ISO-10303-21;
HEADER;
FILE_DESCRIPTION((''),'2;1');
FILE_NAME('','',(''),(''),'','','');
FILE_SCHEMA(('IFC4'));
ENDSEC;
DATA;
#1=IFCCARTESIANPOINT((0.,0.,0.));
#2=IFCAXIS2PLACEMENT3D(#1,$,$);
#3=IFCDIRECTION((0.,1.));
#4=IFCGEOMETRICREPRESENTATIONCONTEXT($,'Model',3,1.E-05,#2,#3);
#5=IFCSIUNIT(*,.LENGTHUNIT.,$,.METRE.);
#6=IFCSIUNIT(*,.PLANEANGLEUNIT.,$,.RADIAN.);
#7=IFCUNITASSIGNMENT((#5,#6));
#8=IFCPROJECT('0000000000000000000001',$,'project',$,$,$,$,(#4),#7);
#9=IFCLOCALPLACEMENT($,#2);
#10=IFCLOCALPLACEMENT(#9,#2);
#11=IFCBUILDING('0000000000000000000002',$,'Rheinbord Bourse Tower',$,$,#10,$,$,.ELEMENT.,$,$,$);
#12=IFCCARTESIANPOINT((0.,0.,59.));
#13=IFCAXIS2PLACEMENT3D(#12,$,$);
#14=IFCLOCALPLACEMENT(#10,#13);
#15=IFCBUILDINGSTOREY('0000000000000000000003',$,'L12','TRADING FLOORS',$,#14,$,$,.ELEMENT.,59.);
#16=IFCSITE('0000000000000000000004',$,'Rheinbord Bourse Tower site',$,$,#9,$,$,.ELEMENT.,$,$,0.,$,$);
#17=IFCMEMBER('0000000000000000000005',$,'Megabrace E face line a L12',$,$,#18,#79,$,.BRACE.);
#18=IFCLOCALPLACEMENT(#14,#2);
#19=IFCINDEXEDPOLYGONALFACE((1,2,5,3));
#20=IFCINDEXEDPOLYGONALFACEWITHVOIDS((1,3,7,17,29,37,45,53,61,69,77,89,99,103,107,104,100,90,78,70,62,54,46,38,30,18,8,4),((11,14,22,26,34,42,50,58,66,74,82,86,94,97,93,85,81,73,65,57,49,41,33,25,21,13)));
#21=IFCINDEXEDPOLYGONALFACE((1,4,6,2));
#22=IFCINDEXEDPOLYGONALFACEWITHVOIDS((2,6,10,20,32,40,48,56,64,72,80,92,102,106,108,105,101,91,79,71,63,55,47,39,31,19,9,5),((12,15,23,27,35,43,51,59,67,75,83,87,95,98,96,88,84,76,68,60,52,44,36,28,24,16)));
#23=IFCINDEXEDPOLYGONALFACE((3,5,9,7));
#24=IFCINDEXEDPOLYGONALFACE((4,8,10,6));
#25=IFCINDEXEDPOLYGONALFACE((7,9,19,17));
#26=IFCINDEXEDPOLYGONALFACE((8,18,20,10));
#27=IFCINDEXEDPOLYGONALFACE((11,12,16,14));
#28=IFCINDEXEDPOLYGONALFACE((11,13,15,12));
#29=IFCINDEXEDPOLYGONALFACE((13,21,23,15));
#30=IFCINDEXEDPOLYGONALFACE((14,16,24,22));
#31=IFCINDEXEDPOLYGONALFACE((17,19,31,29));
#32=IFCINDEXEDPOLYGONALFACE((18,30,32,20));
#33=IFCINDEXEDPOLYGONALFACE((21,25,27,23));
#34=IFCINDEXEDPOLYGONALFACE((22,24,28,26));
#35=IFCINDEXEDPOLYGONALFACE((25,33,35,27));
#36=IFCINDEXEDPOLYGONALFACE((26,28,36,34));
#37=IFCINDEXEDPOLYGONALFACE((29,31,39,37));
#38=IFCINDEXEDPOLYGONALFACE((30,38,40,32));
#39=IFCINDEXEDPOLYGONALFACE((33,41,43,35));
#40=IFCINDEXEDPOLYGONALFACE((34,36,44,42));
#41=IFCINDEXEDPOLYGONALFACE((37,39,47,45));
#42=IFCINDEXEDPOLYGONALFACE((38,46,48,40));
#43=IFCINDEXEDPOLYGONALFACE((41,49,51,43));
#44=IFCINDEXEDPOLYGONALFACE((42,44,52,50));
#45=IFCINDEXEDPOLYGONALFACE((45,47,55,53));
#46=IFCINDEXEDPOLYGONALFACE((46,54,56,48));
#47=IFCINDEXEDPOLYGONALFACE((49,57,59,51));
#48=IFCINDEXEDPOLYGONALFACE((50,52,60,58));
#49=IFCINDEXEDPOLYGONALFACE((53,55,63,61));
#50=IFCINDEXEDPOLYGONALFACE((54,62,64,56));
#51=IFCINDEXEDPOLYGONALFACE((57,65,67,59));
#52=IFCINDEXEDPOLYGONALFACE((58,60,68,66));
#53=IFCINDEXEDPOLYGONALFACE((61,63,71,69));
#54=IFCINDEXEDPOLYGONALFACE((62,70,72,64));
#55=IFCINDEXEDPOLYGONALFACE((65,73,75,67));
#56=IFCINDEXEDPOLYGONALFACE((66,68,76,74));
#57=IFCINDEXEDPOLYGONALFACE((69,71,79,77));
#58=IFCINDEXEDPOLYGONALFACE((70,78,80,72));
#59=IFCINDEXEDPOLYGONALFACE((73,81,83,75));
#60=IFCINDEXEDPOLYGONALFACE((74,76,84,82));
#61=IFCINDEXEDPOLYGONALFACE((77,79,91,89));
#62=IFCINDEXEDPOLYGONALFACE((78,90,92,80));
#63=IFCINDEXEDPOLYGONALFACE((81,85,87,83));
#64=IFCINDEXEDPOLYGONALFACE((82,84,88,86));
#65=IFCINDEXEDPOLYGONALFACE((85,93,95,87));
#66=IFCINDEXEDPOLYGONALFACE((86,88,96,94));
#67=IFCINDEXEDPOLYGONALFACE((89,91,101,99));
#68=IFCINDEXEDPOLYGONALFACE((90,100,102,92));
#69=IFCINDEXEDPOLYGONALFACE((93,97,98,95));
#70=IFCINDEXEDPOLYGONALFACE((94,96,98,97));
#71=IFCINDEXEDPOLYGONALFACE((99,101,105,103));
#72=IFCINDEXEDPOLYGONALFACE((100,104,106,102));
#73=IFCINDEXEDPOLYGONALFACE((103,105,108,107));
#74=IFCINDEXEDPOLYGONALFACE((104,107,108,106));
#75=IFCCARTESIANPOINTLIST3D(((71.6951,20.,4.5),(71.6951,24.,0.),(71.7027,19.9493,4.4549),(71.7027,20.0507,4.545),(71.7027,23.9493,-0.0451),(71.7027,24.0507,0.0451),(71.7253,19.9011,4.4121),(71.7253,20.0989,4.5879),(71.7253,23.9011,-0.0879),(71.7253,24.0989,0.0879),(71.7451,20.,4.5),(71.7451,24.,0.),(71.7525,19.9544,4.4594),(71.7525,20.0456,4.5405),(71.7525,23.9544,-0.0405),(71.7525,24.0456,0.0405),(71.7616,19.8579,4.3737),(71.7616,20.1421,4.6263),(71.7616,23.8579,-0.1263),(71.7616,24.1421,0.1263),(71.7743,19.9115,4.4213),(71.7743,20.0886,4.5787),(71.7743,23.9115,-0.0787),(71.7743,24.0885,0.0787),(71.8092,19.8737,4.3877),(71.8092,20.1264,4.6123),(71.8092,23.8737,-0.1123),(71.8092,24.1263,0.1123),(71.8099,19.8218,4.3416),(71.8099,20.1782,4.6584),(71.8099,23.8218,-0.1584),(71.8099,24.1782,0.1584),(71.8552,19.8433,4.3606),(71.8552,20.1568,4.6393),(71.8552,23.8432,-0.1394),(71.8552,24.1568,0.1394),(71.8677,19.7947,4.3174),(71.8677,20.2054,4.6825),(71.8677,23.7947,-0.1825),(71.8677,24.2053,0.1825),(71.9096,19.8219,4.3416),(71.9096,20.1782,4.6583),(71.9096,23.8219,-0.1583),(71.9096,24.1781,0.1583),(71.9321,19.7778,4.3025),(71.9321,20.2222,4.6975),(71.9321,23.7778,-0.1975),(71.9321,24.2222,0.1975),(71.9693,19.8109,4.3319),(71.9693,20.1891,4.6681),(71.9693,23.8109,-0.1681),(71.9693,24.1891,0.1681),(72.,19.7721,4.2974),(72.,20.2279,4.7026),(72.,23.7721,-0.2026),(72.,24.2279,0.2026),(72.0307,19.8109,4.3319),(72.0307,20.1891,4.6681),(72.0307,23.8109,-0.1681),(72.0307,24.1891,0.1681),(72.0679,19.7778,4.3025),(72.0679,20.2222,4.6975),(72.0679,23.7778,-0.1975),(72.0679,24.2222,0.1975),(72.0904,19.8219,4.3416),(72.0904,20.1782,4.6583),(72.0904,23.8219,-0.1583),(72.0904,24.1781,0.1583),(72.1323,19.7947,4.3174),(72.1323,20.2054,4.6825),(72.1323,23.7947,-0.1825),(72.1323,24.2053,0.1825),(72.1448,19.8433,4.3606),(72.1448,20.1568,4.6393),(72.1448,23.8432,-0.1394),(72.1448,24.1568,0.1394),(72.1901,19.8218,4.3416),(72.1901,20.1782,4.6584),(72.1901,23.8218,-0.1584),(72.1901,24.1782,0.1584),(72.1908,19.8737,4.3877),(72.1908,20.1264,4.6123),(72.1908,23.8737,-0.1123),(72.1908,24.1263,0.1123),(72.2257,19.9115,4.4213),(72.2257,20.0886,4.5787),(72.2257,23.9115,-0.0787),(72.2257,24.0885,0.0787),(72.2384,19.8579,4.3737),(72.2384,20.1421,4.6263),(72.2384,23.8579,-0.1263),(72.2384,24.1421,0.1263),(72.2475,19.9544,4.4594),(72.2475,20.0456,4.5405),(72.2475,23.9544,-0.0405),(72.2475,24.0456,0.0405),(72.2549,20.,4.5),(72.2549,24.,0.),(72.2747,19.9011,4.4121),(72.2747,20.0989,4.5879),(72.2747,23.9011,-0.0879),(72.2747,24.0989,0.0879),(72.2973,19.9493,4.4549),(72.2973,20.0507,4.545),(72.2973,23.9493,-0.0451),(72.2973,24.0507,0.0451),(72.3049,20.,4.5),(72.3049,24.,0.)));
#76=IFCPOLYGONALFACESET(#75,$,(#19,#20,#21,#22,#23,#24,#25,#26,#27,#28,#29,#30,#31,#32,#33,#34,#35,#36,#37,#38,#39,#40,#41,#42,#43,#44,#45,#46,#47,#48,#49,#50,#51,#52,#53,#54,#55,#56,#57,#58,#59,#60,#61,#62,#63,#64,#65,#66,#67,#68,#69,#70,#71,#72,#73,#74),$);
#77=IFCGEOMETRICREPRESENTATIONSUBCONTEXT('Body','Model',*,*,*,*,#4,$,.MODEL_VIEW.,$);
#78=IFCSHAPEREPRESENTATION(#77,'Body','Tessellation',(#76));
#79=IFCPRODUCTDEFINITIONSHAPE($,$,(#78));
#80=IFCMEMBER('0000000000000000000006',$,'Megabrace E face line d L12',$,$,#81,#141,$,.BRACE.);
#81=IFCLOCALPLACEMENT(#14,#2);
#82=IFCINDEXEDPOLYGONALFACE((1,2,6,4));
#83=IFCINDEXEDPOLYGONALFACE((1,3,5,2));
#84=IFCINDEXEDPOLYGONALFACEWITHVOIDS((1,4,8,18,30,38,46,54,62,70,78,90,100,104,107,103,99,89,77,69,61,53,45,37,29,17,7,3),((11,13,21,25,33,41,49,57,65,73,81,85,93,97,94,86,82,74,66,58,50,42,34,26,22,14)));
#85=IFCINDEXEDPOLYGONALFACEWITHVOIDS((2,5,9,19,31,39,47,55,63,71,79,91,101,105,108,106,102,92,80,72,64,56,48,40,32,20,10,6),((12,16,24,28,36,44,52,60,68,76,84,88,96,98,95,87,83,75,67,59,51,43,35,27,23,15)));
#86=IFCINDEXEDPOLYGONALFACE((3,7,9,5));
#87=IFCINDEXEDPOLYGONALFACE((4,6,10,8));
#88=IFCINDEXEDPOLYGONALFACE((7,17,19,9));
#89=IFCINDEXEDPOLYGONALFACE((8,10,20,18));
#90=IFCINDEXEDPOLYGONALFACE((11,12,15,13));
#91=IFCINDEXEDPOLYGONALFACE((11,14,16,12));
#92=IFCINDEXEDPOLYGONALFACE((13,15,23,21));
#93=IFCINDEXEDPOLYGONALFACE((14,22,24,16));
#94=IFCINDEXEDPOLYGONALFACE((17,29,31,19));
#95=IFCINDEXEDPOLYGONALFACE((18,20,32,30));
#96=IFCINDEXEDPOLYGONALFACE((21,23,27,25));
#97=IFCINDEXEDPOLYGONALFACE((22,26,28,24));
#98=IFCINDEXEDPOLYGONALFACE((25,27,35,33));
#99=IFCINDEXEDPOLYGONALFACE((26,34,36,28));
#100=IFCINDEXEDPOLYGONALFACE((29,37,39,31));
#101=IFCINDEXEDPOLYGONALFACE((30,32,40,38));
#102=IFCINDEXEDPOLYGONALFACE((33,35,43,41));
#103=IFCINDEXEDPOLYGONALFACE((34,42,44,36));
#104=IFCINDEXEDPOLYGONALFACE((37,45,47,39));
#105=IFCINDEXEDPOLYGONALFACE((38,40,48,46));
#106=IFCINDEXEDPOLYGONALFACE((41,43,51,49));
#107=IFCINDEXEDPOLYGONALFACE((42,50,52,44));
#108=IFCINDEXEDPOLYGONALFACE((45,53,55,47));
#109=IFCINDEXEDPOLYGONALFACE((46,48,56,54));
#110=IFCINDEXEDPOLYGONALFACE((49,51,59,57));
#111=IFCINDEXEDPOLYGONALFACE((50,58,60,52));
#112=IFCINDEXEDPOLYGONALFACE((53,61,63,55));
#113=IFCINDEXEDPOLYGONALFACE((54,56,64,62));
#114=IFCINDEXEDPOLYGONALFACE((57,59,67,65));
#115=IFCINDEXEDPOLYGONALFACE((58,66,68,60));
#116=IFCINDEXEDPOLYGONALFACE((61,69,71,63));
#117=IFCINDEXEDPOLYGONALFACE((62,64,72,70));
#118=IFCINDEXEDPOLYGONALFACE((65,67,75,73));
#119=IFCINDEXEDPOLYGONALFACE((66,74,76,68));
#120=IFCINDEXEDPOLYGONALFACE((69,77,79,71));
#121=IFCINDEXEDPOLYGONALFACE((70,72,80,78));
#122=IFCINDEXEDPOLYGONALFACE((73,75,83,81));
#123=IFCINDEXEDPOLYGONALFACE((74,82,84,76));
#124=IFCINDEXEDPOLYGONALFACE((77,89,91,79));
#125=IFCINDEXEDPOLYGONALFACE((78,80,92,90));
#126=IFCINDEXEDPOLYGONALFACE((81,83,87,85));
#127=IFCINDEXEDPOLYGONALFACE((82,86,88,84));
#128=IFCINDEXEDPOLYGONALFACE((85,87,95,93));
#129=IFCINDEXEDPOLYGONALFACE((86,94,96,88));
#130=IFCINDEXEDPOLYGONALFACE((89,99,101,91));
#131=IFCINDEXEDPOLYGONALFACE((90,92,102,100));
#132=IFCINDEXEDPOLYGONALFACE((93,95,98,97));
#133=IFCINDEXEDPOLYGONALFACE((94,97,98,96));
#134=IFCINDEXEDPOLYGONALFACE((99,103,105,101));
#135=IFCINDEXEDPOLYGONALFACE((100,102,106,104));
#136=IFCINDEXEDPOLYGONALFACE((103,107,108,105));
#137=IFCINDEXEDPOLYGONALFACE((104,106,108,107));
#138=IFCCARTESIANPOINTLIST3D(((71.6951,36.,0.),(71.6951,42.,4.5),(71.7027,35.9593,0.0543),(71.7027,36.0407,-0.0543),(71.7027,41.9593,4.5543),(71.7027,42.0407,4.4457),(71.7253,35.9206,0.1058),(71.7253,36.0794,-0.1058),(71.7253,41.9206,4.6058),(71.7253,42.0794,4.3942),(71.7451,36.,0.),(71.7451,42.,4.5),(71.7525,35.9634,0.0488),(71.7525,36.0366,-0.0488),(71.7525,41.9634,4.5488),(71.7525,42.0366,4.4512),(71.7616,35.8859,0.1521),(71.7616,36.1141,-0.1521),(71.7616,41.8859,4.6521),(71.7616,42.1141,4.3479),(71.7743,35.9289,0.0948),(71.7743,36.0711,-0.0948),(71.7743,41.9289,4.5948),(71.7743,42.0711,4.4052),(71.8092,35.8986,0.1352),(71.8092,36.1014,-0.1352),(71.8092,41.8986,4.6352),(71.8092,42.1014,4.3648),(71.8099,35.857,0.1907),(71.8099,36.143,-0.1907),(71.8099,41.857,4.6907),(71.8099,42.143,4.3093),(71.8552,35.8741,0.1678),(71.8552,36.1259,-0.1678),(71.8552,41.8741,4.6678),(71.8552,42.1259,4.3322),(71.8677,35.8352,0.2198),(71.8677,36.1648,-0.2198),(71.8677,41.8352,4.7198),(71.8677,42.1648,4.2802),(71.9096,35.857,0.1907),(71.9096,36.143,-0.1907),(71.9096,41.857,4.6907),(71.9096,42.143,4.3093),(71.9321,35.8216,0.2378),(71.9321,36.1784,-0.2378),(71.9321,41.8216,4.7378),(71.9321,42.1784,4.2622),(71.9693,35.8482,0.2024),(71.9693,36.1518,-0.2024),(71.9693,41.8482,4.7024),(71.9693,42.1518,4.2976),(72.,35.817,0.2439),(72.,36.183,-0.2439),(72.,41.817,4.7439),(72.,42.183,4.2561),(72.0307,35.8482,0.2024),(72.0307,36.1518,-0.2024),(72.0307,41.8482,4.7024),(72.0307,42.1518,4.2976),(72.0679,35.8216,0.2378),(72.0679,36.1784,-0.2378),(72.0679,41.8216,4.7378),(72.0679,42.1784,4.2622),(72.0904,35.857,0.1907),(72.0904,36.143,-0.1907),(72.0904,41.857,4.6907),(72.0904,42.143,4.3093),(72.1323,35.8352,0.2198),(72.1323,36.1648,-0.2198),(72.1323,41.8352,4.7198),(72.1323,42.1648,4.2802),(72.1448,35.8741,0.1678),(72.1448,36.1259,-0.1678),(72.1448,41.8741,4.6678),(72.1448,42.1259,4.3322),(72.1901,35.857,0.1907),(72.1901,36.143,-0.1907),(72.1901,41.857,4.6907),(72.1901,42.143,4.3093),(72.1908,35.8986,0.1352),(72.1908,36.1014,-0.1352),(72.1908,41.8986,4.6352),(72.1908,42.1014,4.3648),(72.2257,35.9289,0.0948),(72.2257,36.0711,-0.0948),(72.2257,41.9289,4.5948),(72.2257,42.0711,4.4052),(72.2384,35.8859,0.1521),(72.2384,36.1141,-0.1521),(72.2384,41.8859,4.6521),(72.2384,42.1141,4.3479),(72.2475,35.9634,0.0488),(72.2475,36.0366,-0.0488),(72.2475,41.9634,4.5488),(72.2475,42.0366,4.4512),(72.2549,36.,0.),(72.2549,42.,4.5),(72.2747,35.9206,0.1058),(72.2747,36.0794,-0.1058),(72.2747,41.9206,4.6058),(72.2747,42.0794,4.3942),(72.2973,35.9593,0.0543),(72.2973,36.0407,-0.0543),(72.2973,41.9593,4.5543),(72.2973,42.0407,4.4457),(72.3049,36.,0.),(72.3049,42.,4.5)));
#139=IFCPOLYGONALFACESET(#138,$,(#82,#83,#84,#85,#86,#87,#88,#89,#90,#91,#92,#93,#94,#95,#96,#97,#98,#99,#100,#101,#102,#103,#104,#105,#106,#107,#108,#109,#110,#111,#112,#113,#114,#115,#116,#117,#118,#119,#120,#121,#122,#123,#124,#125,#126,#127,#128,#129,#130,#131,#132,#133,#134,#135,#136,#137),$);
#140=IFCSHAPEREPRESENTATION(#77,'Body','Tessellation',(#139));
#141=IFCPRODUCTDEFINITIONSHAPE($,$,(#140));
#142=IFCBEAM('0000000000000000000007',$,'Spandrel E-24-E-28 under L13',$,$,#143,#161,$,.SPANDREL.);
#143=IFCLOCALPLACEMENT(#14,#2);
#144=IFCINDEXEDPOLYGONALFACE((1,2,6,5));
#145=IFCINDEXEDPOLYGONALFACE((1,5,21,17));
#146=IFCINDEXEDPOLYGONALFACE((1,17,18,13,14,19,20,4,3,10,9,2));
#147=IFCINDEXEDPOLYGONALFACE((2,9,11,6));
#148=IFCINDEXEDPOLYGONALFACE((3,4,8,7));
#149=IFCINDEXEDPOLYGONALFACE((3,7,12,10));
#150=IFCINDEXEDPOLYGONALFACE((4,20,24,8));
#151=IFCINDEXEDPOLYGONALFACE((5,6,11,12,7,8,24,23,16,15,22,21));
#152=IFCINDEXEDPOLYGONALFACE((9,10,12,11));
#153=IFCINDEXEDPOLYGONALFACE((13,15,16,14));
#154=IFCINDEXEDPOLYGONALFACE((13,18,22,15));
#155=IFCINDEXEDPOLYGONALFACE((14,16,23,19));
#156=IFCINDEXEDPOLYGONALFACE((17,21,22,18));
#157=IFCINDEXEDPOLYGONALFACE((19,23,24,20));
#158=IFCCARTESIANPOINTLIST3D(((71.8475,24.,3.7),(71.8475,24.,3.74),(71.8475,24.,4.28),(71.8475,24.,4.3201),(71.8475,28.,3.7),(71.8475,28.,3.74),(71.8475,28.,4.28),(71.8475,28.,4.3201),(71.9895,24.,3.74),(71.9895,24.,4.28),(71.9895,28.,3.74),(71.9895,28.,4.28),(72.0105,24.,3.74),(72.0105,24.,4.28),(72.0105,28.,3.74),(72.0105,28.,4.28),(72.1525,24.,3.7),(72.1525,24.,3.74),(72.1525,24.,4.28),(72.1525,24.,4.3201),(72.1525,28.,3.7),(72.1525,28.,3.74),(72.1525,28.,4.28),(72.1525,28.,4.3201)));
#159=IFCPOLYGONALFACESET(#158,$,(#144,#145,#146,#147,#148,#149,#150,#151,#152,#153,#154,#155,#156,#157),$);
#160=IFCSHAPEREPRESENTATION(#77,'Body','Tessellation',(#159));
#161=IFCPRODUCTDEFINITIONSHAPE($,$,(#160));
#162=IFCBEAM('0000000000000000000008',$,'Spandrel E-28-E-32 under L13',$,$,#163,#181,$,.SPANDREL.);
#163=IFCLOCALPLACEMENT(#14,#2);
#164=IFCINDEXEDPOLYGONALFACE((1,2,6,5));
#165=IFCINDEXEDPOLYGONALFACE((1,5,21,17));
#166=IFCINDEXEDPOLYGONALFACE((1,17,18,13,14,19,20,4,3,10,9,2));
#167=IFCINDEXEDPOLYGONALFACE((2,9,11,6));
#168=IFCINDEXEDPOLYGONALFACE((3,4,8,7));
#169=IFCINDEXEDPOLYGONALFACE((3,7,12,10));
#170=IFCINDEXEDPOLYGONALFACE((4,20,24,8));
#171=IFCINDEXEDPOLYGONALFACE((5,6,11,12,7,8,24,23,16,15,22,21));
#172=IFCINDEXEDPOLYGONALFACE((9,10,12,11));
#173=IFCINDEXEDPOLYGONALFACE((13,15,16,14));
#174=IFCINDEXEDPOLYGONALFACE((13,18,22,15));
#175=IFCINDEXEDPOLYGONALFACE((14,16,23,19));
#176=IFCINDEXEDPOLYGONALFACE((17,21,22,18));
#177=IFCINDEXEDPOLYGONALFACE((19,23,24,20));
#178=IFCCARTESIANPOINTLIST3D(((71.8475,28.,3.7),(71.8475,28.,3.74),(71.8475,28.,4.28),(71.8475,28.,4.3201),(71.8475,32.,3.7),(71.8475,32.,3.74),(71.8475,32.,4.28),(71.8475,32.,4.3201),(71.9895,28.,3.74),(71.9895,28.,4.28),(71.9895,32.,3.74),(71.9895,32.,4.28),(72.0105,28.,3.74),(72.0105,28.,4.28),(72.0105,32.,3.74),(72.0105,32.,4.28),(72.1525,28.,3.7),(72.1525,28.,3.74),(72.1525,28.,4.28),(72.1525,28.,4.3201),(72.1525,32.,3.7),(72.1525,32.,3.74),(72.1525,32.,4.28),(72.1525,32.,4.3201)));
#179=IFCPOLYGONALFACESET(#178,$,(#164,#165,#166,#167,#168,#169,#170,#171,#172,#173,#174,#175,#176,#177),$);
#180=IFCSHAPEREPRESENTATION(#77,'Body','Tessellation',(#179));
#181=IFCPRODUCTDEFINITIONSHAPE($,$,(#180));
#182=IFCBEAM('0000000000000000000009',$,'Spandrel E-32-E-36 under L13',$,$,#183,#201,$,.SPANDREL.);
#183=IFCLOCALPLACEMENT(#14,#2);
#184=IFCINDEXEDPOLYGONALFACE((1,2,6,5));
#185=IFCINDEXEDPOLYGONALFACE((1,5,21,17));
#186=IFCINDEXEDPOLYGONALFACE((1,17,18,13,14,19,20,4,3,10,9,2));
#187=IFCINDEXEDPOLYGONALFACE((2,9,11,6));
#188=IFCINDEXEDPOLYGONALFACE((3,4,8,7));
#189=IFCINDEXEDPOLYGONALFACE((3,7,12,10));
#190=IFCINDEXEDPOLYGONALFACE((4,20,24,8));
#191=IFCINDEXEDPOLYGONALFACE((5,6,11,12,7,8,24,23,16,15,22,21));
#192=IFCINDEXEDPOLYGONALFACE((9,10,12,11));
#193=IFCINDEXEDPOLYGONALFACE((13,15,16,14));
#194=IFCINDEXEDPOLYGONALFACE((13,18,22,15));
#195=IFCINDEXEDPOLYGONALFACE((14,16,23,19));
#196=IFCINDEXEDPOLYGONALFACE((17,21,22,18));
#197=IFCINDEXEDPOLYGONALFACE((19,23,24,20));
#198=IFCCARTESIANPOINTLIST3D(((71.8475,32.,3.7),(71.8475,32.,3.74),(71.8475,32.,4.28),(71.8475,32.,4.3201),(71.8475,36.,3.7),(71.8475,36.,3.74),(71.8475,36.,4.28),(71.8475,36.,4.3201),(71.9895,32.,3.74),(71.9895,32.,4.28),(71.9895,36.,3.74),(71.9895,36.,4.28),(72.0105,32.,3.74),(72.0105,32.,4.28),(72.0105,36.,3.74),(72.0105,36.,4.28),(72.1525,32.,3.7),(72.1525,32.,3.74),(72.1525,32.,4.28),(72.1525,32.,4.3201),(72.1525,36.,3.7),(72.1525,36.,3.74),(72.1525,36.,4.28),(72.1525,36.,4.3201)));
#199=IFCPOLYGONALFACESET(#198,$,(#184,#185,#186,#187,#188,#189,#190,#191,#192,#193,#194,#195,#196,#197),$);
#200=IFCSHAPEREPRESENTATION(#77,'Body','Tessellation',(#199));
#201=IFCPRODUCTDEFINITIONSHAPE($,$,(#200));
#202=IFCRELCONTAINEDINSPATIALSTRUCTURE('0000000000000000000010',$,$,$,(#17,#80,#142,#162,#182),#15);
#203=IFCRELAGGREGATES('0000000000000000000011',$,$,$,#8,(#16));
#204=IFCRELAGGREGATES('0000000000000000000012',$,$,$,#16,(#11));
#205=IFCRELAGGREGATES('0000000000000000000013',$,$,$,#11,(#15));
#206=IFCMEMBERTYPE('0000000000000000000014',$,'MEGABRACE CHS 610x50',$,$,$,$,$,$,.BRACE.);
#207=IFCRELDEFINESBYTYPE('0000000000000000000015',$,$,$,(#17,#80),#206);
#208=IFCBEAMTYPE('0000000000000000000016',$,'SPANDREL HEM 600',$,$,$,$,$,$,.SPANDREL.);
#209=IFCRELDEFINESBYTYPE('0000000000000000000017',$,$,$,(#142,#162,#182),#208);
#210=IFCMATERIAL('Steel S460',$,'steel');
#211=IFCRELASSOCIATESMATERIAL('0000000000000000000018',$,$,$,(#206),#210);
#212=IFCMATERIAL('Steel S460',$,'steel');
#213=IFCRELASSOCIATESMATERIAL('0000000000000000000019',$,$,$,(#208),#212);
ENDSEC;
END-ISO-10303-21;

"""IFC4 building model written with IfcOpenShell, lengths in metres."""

from ifc_helpers import new_model, si_unit, direction, frame, origin, origin_2d, place, context, subcontext, project, spatial, hollow_circle, i_section, extrude, material, material_profile, profile_set, type_object, element, save


model = new_model("IFC4")

# Units and contexts
model_context = context("Model", 3, precision=1e-05, world=origin(), true_north=direction((0.0, 1.0)))
body_context = subcontext(model_context, "Body", "Model", "MODEL_VIEW")
ifc_project = project(units=[si_unit("LENGTHUNIT", "METRE"), si_unit("PLANEANGLEUNIT", "RADIAN")], contexts=[model_context])

# Site, building, storey
site_placement = place(None, origin())
site = spatial("IfcSite", under=ifc_project, at=site_placement, Name="Rheinbord Bourse Tower site", CompositionType="ELEMENT", RefElevation=0.0)
building_placement = place(site_placement, origin())
building = spatial("IfcBuilding", under=site, at=building_placement, Name="Rheinbord Bourse Tower", CompositionType="ELEMENT")
storey_placement = place(building_placement, frame((0.0, 0.0, 59.0)))
storey = spatial("IfcBuildingStorey", under=building, at=storey_placement, Name="L12", Description="TRADING FLOORS", CompositionType="ELEMENT", Elevation=59.0)

# Members
ifc_material_1 = material(Name="Steel S460", Category="steel")
ifc_material_profile_1 = material_profile(ifc_material_1, hollow_circle(Radius=0.3049, WallThickness=0.05, at=origin_2d()), Name="CHS 610x50")
ifc_profile_set_1 = profile_set([ifc_material_profile_1], Name="Steel S460")
member_type_1 = type_object("IfcMemberType", Name="MEGABRACE CHS 610x50", PredefinedType="BRACE", material=ifc_profile_set_1)
member_1_placement = place(storey_placement, frame((72.0, 24.0, 0.0), z_axis=(0.0, -0.664364, 0.747409), x_axis=(1.0, 0.0, 0.0)))
element("IfcMember", 1, at=member_1_placement, inside=storey, type_object=member_type_1, Name="Megabrace E face line a L12", PredefinedType="BRACE", context=body_context, shape_type="SweptSolid", body=[
    extrude(hollow_circle(Radius=0.3049, WallThickness=0.05, at=origin_2d()), origin(), (0.0, 0.0, 1.0), 6.0208),
])
member_2_placement = place(storey_placement, frame((72.0, 36.0, 0.0), z_axis=(0.0, 0.8, 0.6), x_axis=(-1.0, 0.0, 0.0)))
element("IfcMember", 2, at=member_2_placement, inside=storey, type_object=member_type_1, Name="Megabrace E face line d L12", PredefinedType="BRACE", context=body_context, shape_type="SweptSolid", body=[
    extrude(hollow_circle(Radius=0.3049, WallThickness=0.05, at=origin_2d()), origin(), (0.0, 0.0, 1.0), 7.5),
])

# Beams
ifc_material_2 = material(Name="Steel S460", Category="steel")
ifc_material_profile_2 = material_profile(ifc_material_2, i_section(OverallWidth=0.3049, OverallDepth=0.6201, WebThickness=0.021, FlangeThickness=0.04, at=origin_2d()), Name="HEM 600")
ifc_profile_set_2 = profile_set([ifc_material_profile_2], Name="Steel S460")
beam_type_1 = type_object("IfcBeamType", Name="SPANDREL HEM 600", PredefinedType="SPANDREL", material=ifc_profile_set_2)
for number, where, z_axis, x_axis, name in (
    (3, (72.0, 24.0, 4.01), (0.0, 1.0, 0.0), (-1.0, 0.0, 0.0), "Spandrel E-24-E-28 under L13"),
    (4, (72.0, 28.0, 4.01), (0.0, 1.0, 0.0), (-1.0, 0.0, 0.0), "Spandrel E-28-E-32 under L13"),
    (5, (72.0, 32.0, 4.01), (0.0, 1.0, 0.0), (-1.0, 0.0, 0.0), "Spandrel E-32-E-36 under L13"),
):
    element("IfcBeam", number, at=place(storey_placement, frame(where, z_axis=z_axis, x_axis=x_axis)), inside=storey, type_object=beam_type_1, Name=name, PredefinedType="SPANDREL", context=body_context, shape_type="SweptSolid", body=[
        extrude(i_section(OverallWidth=0.3049, OverallDepth=0.6201, WebThickness=0.021, FlangeThickness=0.04, at=origin_2d()), origin(), (0.0, 0.0, 1.0), 4.0),
    ])

save(model, "model.ifc")
